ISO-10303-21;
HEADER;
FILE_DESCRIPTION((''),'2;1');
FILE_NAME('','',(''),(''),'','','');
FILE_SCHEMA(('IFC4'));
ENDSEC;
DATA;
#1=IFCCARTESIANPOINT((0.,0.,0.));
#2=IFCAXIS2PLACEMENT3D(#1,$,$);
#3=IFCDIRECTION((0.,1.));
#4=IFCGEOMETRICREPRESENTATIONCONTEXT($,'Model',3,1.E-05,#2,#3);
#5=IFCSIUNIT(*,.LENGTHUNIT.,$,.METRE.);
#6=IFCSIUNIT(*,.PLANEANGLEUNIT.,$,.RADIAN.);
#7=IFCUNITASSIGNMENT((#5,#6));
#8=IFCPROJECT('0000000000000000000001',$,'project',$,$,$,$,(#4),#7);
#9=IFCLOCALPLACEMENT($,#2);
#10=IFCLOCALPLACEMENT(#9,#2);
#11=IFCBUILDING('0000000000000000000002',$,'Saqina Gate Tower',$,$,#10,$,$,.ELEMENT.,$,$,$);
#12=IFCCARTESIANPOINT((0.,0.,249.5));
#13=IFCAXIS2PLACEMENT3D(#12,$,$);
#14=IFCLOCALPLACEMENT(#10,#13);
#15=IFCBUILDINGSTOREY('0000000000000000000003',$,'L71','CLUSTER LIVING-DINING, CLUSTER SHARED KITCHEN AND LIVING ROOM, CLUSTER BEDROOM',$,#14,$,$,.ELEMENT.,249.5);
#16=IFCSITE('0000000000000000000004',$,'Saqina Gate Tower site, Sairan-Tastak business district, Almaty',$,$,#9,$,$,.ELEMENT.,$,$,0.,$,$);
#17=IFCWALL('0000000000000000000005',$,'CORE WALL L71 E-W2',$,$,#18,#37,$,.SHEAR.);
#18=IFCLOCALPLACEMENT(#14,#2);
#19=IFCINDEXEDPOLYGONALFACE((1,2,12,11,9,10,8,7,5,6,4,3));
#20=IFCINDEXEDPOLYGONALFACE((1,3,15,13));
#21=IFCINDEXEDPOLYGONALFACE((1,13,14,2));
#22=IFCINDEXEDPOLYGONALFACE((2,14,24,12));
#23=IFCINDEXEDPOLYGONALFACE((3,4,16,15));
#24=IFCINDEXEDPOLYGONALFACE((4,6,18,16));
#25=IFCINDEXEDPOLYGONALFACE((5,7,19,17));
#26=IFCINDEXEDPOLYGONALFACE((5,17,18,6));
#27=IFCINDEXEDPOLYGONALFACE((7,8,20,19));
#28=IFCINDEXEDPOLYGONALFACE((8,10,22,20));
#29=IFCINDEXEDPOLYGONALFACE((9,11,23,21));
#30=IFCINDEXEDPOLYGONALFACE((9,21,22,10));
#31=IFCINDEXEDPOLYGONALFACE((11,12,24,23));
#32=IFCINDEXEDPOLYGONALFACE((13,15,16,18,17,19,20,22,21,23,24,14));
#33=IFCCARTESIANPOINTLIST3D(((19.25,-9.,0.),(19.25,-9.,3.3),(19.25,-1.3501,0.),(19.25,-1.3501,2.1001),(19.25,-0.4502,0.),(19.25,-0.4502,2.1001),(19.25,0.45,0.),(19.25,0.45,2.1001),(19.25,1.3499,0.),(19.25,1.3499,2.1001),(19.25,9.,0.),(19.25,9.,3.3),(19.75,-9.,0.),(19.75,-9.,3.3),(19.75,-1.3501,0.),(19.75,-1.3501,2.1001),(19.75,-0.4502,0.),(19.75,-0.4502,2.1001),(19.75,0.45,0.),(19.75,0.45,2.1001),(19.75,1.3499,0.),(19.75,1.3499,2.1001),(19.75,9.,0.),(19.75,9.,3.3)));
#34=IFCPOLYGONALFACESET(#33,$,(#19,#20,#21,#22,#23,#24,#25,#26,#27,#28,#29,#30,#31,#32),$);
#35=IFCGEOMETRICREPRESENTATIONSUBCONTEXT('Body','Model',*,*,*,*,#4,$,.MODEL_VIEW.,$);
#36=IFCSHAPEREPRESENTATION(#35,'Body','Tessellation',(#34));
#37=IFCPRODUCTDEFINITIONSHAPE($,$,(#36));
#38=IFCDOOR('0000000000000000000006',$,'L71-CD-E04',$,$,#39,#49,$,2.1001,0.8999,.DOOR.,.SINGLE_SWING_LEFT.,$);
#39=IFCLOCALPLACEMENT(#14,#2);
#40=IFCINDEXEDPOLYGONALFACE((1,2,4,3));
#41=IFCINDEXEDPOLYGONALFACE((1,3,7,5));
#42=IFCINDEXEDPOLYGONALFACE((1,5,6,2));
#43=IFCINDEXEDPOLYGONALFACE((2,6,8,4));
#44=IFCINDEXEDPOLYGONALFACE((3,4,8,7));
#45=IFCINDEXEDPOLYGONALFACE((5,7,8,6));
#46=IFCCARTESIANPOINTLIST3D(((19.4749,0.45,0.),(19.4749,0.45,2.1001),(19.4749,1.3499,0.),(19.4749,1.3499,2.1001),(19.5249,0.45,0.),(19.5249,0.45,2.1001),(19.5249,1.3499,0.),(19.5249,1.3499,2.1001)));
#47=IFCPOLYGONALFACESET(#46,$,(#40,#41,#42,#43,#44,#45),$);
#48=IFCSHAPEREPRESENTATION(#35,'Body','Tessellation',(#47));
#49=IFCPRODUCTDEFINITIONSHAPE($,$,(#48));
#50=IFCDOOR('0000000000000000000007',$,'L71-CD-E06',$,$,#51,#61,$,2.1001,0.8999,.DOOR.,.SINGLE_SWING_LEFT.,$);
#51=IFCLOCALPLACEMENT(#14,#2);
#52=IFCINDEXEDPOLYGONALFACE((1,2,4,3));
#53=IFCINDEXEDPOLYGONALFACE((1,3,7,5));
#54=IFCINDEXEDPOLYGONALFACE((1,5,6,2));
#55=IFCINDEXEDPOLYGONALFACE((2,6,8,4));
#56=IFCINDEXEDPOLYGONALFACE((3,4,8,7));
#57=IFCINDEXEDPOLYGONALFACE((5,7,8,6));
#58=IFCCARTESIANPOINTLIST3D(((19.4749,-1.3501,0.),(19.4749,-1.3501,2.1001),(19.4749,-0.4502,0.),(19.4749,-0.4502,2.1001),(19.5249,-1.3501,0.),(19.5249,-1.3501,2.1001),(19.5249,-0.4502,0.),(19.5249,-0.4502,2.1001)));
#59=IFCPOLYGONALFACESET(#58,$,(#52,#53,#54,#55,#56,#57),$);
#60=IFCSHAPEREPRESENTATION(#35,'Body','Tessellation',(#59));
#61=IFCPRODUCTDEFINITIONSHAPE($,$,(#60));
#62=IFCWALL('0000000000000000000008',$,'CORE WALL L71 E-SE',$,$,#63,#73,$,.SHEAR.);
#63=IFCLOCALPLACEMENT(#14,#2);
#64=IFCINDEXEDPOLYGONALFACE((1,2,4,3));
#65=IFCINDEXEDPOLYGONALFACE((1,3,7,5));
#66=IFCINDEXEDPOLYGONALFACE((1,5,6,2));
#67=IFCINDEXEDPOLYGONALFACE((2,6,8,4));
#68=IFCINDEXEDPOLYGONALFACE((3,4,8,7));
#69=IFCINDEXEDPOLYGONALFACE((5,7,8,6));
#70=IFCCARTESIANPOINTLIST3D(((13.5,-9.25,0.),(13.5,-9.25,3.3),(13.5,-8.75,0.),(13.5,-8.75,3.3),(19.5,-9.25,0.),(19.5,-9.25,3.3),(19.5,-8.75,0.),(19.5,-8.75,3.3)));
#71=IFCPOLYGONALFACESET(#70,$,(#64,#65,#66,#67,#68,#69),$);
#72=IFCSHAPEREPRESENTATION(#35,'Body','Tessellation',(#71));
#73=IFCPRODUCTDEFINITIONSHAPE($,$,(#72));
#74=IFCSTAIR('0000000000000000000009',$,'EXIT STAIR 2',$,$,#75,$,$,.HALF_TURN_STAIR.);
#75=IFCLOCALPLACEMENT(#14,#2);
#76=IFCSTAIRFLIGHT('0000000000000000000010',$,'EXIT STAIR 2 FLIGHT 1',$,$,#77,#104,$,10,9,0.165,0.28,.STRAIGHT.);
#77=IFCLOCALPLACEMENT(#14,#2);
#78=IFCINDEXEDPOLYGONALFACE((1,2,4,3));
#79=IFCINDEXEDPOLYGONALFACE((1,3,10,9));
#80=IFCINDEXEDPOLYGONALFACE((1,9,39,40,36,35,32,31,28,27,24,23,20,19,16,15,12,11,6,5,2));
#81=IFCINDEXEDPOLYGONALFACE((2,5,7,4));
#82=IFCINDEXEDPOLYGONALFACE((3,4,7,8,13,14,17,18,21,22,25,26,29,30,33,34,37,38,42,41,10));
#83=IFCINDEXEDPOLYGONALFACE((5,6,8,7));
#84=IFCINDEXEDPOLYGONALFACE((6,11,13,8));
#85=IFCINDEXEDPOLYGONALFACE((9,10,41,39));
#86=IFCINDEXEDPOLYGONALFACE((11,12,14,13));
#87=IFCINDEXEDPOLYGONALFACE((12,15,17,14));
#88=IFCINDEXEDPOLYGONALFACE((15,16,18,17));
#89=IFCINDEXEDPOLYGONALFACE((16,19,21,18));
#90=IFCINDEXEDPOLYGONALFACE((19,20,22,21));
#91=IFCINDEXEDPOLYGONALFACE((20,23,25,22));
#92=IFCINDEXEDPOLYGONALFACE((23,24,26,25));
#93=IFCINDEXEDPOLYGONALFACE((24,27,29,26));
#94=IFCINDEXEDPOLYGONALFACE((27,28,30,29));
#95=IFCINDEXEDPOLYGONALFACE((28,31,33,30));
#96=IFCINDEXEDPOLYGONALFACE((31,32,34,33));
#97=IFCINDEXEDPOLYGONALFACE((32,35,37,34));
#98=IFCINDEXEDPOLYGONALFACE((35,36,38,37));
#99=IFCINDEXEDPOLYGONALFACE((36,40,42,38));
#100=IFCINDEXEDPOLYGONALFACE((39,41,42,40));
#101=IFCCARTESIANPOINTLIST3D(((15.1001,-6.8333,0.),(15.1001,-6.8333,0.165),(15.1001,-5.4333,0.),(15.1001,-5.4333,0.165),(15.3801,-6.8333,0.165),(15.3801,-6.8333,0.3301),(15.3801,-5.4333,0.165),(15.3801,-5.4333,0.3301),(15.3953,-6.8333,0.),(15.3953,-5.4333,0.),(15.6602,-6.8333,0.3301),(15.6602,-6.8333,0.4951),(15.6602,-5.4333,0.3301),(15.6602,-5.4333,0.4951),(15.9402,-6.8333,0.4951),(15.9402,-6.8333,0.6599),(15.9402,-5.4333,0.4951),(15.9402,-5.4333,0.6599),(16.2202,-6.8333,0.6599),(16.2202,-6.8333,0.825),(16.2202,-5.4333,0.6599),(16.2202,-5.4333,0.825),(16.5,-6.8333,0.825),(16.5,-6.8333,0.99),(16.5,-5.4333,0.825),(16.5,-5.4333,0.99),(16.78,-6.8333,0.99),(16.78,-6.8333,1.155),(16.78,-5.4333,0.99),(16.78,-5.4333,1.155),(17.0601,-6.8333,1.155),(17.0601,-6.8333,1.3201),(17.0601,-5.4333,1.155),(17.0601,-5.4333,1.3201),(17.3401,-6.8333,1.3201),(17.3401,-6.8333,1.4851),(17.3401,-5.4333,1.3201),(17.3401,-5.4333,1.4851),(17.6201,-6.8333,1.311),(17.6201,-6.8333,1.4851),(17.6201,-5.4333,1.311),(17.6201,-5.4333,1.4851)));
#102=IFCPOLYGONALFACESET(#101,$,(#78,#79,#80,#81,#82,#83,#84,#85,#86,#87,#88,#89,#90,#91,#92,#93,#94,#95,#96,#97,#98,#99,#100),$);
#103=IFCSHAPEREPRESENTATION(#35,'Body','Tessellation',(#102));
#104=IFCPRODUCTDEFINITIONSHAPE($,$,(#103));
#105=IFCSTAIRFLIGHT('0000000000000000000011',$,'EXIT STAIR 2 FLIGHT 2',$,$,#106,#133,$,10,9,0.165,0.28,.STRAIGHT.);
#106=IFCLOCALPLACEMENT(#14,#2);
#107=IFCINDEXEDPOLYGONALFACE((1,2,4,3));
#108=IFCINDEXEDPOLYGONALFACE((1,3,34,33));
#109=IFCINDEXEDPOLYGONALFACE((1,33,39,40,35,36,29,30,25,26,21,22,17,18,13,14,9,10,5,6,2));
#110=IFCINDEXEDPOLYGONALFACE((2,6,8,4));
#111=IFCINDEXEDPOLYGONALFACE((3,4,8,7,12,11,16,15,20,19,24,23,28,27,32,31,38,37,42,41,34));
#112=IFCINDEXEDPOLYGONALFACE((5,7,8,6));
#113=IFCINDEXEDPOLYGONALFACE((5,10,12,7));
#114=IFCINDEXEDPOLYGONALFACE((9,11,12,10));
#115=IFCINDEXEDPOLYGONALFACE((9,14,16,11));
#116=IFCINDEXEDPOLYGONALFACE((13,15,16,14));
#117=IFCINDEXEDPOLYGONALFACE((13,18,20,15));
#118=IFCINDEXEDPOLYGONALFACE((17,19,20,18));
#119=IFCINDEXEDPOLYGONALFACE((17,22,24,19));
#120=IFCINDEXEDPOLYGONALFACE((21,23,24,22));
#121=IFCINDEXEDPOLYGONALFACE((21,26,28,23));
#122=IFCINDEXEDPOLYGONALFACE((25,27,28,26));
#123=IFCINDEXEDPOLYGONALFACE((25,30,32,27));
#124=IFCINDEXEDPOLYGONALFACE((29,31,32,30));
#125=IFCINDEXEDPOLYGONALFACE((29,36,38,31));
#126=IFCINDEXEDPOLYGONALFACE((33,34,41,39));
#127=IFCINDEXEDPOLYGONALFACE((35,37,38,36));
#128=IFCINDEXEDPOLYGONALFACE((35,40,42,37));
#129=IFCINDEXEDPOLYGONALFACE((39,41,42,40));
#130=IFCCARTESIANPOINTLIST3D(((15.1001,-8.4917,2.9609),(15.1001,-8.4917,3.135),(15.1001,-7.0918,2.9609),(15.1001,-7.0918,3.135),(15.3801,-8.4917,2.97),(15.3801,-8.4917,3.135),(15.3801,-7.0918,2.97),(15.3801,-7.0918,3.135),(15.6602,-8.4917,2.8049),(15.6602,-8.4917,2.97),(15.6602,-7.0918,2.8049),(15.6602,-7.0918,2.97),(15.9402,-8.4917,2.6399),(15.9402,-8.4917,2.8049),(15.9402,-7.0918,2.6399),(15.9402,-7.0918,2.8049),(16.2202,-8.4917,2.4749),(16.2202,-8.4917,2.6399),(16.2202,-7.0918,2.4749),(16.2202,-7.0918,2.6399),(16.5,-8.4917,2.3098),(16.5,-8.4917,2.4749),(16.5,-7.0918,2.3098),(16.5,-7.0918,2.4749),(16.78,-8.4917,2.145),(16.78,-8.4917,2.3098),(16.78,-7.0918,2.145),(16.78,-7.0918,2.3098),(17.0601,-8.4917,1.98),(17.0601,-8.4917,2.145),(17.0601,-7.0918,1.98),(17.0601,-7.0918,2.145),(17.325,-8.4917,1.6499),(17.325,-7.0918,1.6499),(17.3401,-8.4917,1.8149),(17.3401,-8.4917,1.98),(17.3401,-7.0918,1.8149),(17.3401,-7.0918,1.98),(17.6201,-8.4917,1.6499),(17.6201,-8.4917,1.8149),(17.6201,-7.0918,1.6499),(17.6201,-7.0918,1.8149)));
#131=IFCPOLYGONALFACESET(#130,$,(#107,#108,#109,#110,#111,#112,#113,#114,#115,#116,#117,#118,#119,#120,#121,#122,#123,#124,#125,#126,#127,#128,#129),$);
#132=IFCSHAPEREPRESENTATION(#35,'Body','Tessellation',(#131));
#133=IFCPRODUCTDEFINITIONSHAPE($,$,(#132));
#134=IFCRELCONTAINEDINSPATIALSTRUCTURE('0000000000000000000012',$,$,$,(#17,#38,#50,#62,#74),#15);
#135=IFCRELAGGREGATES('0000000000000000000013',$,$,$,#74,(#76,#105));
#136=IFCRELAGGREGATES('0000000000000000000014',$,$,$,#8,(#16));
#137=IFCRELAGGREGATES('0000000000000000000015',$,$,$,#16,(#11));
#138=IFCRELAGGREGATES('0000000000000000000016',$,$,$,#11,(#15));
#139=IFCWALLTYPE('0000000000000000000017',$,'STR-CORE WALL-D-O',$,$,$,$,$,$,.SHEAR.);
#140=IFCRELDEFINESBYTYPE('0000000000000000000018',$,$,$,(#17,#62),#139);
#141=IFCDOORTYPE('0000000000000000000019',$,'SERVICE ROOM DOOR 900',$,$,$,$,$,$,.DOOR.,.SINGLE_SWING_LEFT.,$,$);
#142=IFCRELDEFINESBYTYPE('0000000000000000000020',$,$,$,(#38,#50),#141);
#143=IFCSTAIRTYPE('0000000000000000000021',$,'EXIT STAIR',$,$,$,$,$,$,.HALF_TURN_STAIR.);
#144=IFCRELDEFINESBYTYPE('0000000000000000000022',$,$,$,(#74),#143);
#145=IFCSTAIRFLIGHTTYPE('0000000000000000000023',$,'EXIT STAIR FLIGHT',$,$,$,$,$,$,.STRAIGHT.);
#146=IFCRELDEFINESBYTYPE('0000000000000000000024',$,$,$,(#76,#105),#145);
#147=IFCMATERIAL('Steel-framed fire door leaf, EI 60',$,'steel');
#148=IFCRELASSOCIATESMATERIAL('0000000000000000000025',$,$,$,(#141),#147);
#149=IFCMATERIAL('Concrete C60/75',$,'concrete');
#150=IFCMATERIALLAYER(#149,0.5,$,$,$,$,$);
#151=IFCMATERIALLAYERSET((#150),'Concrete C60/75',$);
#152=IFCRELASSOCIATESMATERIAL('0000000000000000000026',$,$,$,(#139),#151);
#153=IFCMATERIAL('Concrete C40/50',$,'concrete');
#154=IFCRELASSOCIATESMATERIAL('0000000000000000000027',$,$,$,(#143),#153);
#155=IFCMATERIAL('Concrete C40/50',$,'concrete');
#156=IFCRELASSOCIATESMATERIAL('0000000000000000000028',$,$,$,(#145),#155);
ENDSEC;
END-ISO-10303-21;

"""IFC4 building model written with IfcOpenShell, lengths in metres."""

from ifc_helpers import new_model, si_unit, direction, frame, frame_2d, origin, place, context, subcontext, project, spatial, polyline, rectangle, outline, extrude, material, layer, layer_set, type_object, element, fill, aggregate, save


model = new_model("IFC4")

# Units and contexts
model_context = context("Model", 3, precision=1e-05, world=origin(), true_north=direction((0.0, 1.0)))
body_context = subcontext(model_context, "Body", "Model", "MODEL_VIEW")
ifc_project = project(units=[si_unit("LENGTHUNIT", "METRE"), si_unit("PLANEANGLEUNIT", "RADIAN")], contexts=[model_context])

# Site, building, storey
site_placement = place(None, origin())
site = spatial("IfcSite", under=ifc_project, at=site_placement, Name="Saqina Gate Tower site, Sairan-Tastak business district, Almaty", CompositionType="ELEMENT", RefElevation=0.0)
building_placement = place(site_placement, origin())
building = spatial("IfcBuilding", under=site, at=building_placement, Name="Saqina Gate Tower", CompositionType="ELEMENT")
storey_placement = place(building_placement, frame((0.0, 0.0, 249.5)))
storey = spatial("IfcBuildingStorey", under=building, at=storey_placement, Name="L71", Description="CLUSTER LIVING-DINING, CLUSTER SHARED KITCHEN AND LIVING ROOM, CLUSTER BEDROOM", CompositionType="ELEMENT", Elevation=249.5)

# Shared definitions
ifc_material_1 = material(Name="Steel-framed fire door leaf, EI 60", Category="steel")
door_type_1 = type_object("IfcDoorType", Name="SERVICE ROOM DOOR 900", OperationType="SINGLE_SWING_LEFT", PredefinedType="DOOR", material=ifc_material_1)

# Wall, openings, doors
ifc_material_2 = material(Name="Concrete C60/75", Category="concrete")
ifc_layer_1 = layer(ifc_material_2, 0.5)
ifc_layer_set_1 = layer_set([ifc_layer_1], Name="Concrete C60/75")
wall_type_1 = type_object("IfcWallType", Name="STR-CORE WALL-D-O", PredefinedType="SHEAR", material=ifc_layer_set_1)
wall_1_placement = place(storey_placement, frame((19.5, -9.0, 0.0), z_axis=(0.0, 0.0, 1.0), x_axis=(0.0, 1.0, 0.0)))
wall_1 = element("IfcWall", 1, at=wall_1_placement, inside=storey, type_object=wall_type_1, Name="CORE WALL L71 E-W2", PredefinedType="SHEAR", context=body_context, shape_type="SweptSolid", body=[
    extrude(rectangle(XDim=18.0, YDim=0.5, at=frame_2d((9.0, 0.0))), origin(), (0.0, 0.0, 1.0), 3.3),
])
opening_1_placement = place(wall_1_placement, frame((9.45, 0.0, 0.0)))
opening_1 = element("IfcOpeningElement", 2, at=opening_1_placement, cuts=wall_1, PredefinedType="OPENING", context=body_context, shape_type="SweptSolid", body=[
    extrude(rectangle(XDim=0.8999, YDim=2.1001, at=frame_2d((0.45, 1.05))), frame((0.0, 0.262, 0.0), z_axis=(0.0, -1.0, 0.0), x_axis=(1.0, 0.0, 0.0)), (0.0, 0.0, 1.0), 0.5239),
])
opening_2_placement = place(wall_1_placement, frame((7.6499, 0.0, 0.0)))
opening_2 = element("IfcOpeningElement", 3, at=opening_2_placement, cuts=wall_1, PredefinedType="OPENING", context=body_context, shape_type="SweptSolid", body=[
    extrude(rectangle(XDim=0.8999, YDim=2.1001, at=frame_2d((0.45, 1.05))), frame((0.0, 0.262, 0.0), z_axis=(0.0, -1.0, 0.0), x_axis=(1.0, 0.0, 0.0)), (0.0, 0.0, 1.0), 0.5239),
])
door_1_placement = place(opening_1_placement, frame((0.8999, 0.0, 0.0), z_axis=(0.0, 0.0, 1.0), x_axis=(-1.0, 0.0, 0.0)))
door_1 = element("IfcDoor", 4, at=door_1_placement, inside=storey, type_object=door_type_1, Name="L71-CD-E04", OperationType="SINGLE_SWING_LEFT", OverallHeight=2.1001, OverallWidth=0.8999, PredefinedType="DOOR", context=body_context, shape_type="SweptSolid", body=[
    extrude(rectangle(XDim=0.8999, YDim=2.1001, at=frame_2d((0.45, 1.05))), frame((0.0, 0.0249, 0.0), z_axis=(0.0, -1.0, 0.0), x_axis=(1.0, 0.0, 0.0)), (0.0, 0.0, 1.0), 0.05),
])
fill(opening_1, door_1)
door_2_placement = place(opening_2_placement, frame((0.8999, 0.0, 0.0), z_axis=(0.0, 0.0, 1.0), x_axis=(-1.0, 0.0, 0.0)))
door_2 = element("IfcDoor", 5, at=door_2_placement, inside=storey, type_object=door_type_1, Name="L71-CD-E06", OperationType="SINGLE_SWING_LEFT", OverallHeight=2.1001, OverallWidth=0.8999, PredefinedType="DOOR", context=body_context, shape_type="SweptSolid", body=[
    extrude(rectangle(XDim=0.8999, YDim=2.1001, at=frame_2d((0.45, 1.05))), frame((0.0, 0.0249, 0.0), z_axis=(0.0, -1.0, 0.0), x_axis=(1.0, 0.0, 0.0)), (0.0, 0.0, 1.0), 0.05),
])
fill(opening_2, door_2)

# Wall
wall_2_placement = place(storey_placement, frame((13.5, -9.0, 0.0), z_axis=(0.0, 0.0, 1.0), x_axis=(1.0, 0.0, 0.0)))
element("IfcWall", 6, at=wall_2_placement, inside=storey, type_object=wall_type_1, Name="CORE WALL L71 E-SE", PredefinedType="SHEAR", context=body_context, shape_type="SweptSolid", body=[
    extrude(rectangle(XDim=6.0, YDim=0.5, at=frame_2d((3.0, 0.0))), origin(), (0.0, 0.0, 1.0), 3.3),
])

# Stair, stair flights
ifc_material_3 = material(Name="Concrete C40/50", Category="concrete")
stair_type = type_object("IfcStairType", Name="EXIT STAIR", PredefinedType="HALF_TURN_STAIR", material=ifc_material_3)
stair_placement = place(storey_placement, origin())
stair = element("IfcStair", 7, at=stair_placement, inside=storey, type_object=stair_type, Name="EXIT STAIR 2", PredefinedType="HALF_TURN_STAIR")
ifc_material_4 = material(Name="Concrete C40/50", Category="concrete")
stair_flight_type = type_object("IfcStairFlightType", Name="EXIT STAIR FLIGHT", PredefinedType="STRAIGHT", material=ifc_material_4)
stair_flight_1_placement = place(storey_placement, frame((15.1001, -6.1333, 0.0), z_axis=(0.0, 0.0, 1.0), x_axis=(1.0, 0.0, 0.0)))
stair_flight_1 = element("IfcStairFlight", 8, at=stair_flight_1_placement, type_object=stair_flight_type, Name="EXIT STAIR 2 FLIGHT 1", NumberOfRisers=10, NumberOfTreads=9, PredefinedType="STRAIGHT", RiserHeight=0.165, TreadLength=0.28, context=body_context, shape_type="SweptSolid", body=[
    extrude(outline(polyline([(0.0, 0.0), (0.0, 0.165), (0.28, 0.165), (0.28, 0.3301), (0.5601, 0.3301), (0.5601, 0.4951), (0.8401, 0.4951), (0.8401, 0.6599), (1.1201, 0.6599), (1.1201, 0.825), (1.3999, 0.825), (1.3999, 0.99), (1.6799, 0.99), (1.6799, 1.155), (1.96, 1.155), (1.96, 1.3201), (2.24, 1.3201), (2.24, 1.4851), (2.52, 1.4851), (2.52, 1.6499), (2.52, 1.311), (0.2952, 0.0), (0.0, 0.0)])), frame((0.0, 0.7, 0.0), z_axis=(0.0, -1.0, 0.0), x_axis=(1.0, 0.0, 0.0)), (0.0, 0.0, 1.0), 1.3999),
])
stair_flight_2_placement = place(storey_placement, frame((17.6201, -7.7917, 1.6499), z_axis=(0.0, 0.0, 1.0), x_axis=(-1.0, 0.0, 0.0)))
stair_flight_2 = element("IfcStairFlight", 9, at=stair_flight_2_placement, type_object=stair_flight_type, Name="EXIT STAIR 2 FLIGHT 2", NumberOfRisers=10, NumberOfTreads=9, PredefinedType="STRAIGHT", RiserHeight=0.165, TreadLength=0.28, context=body_context, shape_type="SweptSolid", body=[
    extrude(outline(polyline([(0.0, 0.0), (0.0, 0.165), (0.28, 0.165), (0.28, 0.3301), (0.5601, 0.3301), (0.5601, 0.4951), (0.8401, 0.4951), (0.8401, 0.6599), (1.1201, 0.6599), (1.1201, 0.825), (1.3999, 0.825), (1.3999, 0.99), (1.6799, 0.99), (1.6799, 1.155), (1.96, 1.155), (1.96, 1.3201), (2.24, 1.3201), (2.24, 1.4851), (2.52, 1.4851), (2.52, 1.6499), (2.52, 1.311), (0.2952, 0.0), (0.0, 0.0)])), frame((0.0, 0.7, 0.0), z_axis=(0.0, -1.0, 0.0), x_axis=(1.0, 0.0, 0.0)), (0.0, 0.0, 1.0), 1.3999),
])
aggregate(stair, [stair_flight_1, stair_flight_2])

save(model, "model.ifc")
